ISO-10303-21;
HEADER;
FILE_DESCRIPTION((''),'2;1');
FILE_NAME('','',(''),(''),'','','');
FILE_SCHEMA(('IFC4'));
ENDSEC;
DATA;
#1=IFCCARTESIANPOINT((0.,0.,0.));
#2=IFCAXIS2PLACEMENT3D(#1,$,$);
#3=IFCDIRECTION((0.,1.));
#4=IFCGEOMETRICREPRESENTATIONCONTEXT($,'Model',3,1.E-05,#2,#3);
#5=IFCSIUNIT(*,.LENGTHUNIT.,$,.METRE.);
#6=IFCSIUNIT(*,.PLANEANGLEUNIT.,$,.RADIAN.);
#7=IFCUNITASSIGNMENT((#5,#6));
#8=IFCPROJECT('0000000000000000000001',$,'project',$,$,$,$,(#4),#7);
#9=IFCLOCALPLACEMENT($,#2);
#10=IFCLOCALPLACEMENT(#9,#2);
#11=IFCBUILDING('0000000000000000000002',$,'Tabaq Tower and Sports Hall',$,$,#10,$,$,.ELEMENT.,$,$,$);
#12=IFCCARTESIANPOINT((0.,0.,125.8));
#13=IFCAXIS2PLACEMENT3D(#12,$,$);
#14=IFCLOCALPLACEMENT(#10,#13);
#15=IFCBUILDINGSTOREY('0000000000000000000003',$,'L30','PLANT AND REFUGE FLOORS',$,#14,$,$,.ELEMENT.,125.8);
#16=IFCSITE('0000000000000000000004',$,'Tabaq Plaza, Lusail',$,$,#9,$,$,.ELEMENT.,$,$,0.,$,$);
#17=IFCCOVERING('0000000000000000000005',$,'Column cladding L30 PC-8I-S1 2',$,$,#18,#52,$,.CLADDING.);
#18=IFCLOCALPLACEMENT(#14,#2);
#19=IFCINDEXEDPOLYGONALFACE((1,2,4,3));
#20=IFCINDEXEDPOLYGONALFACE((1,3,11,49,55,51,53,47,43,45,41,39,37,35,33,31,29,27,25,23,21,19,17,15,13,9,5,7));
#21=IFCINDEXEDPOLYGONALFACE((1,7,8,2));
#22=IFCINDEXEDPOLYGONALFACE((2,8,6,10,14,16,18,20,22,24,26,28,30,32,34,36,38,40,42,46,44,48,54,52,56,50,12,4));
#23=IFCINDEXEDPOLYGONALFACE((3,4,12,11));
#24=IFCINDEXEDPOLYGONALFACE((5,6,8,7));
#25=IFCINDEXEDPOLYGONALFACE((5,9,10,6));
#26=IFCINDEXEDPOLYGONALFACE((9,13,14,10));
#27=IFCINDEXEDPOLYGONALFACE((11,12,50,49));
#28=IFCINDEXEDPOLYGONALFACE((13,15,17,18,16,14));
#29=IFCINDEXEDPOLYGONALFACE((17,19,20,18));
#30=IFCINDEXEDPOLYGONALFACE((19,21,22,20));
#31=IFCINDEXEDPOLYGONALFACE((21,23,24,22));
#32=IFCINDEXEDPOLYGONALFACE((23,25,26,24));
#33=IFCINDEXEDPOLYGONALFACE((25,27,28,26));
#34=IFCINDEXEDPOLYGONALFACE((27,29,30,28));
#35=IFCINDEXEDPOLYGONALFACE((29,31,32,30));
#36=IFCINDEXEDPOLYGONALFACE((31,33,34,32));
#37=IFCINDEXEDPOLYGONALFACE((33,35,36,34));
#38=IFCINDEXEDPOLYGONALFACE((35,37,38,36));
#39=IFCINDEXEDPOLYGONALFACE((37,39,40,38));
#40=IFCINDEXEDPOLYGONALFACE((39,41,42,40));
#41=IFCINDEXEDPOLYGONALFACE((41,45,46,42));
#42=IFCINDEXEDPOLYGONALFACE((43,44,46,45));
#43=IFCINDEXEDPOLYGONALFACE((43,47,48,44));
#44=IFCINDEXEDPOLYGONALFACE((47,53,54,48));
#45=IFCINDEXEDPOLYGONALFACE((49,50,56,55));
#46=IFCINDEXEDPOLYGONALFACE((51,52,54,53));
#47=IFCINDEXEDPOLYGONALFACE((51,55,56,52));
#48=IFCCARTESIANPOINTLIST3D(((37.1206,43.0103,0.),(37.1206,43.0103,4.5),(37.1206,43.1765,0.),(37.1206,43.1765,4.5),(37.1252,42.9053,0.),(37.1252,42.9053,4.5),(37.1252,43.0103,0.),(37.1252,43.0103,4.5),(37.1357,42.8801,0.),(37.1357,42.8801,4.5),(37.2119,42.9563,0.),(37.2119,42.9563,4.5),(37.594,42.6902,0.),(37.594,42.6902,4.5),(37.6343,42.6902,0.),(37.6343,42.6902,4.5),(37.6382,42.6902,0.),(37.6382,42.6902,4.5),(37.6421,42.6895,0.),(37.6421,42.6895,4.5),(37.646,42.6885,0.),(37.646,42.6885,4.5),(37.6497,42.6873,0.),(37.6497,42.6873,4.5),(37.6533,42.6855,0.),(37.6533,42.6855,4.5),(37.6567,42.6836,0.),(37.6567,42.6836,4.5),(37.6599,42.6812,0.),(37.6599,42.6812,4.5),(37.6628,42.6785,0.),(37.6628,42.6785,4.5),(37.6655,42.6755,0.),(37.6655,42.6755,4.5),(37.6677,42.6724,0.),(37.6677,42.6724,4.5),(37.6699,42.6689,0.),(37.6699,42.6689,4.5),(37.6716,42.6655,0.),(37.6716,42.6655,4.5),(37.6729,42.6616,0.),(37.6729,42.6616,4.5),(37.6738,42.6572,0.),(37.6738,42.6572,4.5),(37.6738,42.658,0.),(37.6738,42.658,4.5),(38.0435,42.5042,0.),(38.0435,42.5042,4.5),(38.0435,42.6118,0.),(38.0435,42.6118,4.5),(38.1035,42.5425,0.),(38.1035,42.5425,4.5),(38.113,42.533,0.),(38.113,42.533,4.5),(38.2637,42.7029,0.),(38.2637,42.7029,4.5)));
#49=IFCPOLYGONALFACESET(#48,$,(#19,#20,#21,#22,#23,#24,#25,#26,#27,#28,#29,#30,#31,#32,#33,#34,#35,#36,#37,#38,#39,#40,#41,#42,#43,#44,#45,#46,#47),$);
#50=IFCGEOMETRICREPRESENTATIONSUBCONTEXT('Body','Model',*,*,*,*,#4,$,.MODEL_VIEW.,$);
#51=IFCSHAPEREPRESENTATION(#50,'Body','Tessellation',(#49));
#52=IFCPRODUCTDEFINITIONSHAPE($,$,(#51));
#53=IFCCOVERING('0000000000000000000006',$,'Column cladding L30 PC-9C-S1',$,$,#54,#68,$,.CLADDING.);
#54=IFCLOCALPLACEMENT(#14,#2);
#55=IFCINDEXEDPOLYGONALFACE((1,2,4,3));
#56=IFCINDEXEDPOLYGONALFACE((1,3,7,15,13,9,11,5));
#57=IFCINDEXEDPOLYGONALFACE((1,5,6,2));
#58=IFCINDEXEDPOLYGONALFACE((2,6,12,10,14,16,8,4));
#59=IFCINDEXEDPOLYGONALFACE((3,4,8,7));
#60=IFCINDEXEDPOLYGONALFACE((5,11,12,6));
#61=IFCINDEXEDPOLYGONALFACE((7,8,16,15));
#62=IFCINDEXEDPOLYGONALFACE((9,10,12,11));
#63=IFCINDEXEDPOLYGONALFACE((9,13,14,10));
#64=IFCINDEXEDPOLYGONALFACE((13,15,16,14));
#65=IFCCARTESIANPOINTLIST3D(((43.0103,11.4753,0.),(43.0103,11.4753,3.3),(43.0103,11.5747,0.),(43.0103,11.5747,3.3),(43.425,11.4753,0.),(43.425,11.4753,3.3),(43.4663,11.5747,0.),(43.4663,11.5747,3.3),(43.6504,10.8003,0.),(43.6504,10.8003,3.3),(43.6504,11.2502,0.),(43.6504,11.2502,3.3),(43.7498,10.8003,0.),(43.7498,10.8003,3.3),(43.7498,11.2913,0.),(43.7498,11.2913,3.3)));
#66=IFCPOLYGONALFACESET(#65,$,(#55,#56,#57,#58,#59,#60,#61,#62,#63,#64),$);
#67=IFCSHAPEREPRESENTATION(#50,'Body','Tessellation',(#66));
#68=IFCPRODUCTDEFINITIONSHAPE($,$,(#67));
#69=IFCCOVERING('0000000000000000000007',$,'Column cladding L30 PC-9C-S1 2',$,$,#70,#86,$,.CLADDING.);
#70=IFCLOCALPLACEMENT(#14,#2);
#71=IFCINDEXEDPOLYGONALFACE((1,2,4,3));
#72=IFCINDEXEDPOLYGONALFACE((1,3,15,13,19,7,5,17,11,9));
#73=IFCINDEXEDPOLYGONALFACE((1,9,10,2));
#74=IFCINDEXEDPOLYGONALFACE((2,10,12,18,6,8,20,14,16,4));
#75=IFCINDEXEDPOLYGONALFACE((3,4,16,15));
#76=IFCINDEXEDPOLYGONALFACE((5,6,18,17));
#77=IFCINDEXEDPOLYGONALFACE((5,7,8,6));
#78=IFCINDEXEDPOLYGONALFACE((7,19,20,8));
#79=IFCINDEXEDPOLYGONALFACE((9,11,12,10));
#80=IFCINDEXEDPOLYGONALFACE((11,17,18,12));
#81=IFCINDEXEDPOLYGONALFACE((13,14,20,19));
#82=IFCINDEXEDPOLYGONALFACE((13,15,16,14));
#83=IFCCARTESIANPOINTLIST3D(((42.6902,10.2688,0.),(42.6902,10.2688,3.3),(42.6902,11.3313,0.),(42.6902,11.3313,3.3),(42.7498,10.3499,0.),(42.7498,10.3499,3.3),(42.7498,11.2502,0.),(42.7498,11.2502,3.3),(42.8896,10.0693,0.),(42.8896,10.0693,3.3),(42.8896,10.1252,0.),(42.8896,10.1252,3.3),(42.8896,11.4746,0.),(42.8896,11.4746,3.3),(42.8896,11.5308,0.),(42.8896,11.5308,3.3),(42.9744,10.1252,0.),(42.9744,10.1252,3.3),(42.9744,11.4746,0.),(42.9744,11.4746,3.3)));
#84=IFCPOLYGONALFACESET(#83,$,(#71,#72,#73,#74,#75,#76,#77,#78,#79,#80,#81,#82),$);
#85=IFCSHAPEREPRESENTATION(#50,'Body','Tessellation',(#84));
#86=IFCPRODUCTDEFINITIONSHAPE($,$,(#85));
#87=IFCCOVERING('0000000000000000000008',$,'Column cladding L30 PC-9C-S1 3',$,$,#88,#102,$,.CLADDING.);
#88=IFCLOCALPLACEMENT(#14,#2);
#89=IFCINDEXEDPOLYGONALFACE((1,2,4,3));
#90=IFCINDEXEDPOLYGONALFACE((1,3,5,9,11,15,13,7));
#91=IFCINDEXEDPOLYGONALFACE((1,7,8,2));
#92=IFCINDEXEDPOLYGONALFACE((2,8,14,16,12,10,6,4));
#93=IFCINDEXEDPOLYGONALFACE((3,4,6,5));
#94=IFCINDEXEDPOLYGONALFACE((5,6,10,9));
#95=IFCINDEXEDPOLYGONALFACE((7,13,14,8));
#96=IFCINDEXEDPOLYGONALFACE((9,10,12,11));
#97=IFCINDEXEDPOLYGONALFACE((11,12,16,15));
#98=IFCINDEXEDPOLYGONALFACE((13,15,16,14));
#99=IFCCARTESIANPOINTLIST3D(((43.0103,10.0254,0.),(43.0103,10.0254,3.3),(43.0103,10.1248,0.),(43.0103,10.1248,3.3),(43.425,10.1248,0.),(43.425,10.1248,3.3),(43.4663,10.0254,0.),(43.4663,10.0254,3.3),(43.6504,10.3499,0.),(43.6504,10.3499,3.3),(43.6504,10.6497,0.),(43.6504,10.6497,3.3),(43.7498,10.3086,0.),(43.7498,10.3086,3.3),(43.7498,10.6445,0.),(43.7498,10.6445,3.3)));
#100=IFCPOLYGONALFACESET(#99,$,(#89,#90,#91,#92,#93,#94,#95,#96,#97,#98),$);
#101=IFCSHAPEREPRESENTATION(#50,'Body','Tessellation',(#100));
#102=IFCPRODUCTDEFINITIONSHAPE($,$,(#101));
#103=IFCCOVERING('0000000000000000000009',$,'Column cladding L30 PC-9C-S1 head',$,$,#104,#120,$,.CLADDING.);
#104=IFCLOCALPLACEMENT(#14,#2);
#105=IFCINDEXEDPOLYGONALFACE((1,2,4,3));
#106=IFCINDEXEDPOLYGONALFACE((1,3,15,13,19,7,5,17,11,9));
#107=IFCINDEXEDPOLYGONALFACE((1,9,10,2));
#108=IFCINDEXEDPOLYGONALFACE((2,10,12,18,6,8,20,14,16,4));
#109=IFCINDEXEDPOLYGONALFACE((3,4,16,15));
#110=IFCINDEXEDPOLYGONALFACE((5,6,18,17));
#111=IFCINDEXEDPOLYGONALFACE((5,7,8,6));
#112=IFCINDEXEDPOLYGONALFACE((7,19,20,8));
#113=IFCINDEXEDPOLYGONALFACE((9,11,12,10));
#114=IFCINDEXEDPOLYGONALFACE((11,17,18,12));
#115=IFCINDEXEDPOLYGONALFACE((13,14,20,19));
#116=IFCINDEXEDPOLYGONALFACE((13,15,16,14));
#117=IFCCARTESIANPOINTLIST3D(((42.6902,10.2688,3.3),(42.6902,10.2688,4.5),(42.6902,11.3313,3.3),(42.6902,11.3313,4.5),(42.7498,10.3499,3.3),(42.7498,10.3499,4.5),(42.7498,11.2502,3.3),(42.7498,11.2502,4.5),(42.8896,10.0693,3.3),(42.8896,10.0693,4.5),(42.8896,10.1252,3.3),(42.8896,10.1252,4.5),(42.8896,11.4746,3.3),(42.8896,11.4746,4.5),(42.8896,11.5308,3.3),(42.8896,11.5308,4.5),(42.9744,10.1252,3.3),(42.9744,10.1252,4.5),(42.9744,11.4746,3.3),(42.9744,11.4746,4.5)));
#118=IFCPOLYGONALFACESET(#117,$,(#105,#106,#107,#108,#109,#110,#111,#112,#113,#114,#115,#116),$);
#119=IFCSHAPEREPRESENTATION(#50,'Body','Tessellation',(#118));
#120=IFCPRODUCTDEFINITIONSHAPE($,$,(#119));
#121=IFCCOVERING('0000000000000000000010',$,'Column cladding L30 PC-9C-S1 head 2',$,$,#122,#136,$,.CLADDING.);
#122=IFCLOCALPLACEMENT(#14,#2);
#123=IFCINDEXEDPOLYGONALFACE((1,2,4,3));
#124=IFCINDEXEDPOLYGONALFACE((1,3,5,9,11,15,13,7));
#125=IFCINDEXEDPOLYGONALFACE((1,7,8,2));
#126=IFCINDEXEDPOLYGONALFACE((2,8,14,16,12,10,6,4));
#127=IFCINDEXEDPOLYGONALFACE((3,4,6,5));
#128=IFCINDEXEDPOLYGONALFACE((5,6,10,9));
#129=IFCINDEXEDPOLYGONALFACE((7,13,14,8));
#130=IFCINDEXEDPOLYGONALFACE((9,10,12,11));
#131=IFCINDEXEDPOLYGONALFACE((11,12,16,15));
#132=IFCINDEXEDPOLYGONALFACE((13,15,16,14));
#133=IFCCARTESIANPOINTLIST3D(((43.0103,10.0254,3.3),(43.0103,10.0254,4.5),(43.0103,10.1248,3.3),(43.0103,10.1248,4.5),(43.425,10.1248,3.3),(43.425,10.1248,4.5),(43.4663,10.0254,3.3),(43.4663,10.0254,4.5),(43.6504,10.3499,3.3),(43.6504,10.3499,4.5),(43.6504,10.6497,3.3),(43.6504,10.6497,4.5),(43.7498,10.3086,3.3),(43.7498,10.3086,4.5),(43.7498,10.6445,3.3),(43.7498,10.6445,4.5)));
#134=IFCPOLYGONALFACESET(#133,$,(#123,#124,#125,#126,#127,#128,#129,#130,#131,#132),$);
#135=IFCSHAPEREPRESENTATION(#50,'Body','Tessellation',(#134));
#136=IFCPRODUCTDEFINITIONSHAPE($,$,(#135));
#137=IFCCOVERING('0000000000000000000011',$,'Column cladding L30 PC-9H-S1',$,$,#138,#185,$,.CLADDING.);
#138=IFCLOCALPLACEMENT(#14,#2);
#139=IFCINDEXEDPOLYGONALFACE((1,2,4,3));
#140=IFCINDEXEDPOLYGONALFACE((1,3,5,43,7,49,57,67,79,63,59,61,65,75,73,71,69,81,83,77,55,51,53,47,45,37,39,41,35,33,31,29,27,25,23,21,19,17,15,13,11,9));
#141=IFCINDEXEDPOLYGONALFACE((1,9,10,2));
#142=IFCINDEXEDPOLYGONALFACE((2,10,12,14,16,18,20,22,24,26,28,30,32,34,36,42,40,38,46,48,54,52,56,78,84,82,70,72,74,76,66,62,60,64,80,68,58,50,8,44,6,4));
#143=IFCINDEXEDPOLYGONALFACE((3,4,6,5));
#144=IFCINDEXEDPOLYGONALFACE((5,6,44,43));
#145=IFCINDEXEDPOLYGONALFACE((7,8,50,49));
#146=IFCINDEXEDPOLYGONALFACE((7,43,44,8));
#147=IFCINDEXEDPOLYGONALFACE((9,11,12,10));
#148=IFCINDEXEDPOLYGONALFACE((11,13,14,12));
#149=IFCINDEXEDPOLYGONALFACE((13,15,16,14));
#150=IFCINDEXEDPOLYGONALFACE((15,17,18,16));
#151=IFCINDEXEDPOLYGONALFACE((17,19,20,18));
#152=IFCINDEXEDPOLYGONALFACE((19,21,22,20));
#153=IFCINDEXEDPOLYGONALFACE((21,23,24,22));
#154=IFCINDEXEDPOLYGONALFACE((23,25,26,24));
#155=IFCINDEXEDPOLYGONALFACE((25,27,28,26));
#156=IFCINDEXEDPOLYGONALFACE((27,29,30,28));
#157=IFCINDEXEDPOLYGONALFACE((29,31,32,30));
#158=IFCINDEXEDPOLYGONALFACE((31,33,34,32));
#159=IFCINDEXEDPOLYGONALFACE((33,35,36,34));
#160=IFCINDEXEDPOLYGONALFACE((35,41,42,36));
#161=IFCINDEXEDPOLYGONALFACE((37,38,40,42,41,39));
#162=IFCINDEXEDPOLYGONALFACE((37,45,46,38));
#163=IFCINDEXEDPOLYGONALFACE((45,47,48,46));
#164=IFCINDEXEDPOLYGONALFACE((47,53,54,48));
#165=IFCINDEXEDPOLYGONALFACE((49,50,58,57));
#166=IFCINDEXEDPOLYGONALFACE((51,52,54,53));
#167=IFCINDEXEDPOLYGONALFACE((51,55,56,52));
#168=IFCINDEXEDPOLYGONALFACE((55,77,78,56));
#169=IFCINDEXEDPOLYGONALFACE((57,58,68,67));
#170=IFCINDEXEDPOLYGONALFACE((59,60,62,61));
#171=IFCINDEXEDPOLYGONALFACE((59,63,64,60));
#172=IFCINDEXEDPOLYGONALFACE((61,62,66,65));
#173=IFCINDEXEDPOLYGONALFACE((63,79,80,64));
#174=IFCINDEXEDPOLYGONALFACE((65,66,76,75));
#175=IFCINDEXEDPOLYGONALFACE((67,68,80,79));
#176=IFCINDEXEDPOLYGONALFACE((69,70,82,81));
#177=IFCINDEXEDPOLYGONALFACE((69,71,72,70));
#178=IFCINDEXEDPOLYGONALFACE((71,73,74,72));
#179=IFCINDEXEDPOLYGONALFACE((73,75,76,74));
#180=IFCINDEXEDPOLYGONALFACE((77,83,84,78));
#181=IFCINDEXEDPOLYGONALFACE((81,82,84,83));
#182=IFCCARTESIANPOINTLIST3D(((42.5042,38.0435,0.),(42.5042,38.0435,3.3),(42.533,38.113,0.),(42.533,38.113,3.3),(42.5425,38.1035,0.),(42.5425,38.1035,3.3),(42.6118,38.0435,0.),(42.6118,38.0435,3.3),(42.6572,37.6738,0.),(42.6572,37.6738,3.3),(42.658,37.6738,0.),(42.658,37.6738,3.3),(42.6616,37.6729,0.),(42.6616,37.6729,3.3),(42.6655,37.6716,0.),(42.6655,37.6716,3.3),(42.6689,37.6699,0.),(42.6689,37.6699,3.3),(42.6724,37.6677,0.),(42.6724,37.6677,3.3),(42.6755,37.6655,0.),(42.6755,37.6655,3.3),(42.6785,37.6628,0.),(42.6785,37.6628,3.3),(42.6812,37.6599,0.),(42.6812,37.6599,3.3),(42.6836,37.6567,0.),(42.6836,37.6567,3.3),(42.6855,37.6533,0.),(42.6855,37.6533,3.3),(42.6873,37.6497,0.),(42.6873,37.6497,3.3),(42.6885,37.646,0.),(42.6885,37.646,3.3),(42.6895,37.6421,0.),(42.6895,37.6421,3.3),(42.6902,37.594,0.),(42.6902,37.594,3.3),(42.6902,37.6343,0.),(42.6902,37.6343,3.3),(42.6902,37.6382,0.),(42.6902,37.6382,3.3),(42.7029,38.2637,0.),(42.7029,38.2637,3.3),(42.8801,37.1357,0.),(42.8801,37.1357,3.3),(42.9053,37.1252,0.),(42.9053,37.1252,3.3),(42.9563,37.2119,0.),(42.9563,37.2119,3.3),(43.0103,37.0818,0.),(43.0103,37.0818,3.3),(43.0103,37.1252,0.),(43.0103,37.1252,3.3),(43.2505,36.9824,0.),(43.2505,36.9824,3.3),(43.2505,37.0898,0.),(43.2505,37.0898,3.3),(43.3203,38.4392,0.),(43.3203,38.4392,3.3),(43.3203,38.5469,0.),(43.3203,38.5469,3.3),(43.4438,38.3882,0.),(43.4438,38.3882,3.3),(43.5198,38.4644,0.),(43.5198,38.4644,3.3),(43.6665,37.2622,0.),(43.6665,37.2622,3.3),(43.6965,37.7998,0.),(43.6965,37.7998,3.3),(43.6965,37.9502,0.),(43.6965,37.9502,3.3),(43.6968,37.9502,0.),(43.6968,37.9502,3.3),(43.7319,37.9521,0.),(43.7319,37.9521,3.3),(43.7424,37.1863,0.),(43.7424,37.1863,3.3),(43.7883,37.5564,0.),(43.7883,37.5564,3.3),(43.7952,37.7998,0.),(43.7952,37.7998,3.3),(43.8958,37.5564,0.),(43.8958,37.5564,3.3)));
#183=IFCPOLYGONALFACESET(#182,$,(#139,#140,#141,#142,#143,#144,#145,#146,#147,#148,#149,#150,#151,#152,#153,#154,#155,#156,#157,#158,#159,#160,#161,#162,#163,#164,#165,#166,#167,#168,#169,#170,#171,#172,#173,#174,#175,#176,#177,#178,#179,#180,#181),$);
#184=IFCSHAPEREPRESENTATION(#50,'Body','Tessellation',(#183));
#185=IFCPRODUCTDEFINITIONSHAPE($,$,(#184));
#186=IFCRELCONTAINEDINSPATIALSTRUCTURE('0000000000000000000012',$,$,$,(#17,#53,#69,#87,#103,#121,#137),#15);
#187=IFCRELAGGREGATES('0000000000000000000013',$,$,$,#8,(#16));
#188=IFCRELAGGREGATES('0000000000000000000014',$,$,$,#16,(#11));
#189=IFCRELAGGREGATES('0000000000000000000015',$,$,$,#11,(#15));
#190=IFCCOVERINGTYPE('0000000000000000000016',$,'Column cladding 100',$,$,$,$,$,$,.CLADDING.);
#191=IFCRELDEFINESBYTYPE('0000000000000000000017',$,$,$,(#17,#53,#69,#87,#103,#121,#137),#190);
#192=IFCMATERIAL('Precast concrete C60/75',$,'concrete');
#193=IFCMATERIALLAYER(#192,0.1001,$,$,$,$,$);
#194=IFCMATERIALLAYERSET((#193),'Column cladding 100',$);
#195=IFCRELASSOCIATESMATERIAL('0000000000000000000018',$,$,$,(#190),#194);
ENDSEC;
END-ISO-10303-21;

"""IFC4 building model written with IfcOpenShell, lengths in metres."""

from ifc_helpers import new_model, si_unit, direction, frame, origin, place, context, subcontext, project, spatial, polyline, outline, extrude, material, layer, layer_set, type_object, element, save


model = new_model("IFC4")

# Units and contexts
model_context = context("Model", 3, precision=1e-05, world=origin(), true_north=direction((0.0, 1.0)))
body_context = subcontext(model_context, "Body", "Model", "MODEL_VIEW")
ifc_project = project(units=[si_unit("LENGTHUNIT", "METRE"), si_unit("PLANEANGLEUNIT", "RADIAN")], contexts=[model_context])

# Site, building, storey
site_placement = place(None, origin())
site = spatial("IfcSite", under=ifc_project, at=site_placement, Name="Tabaq Plaza, Lusail", CompositionType="ELEMENT", RefElevation=0.0)
building_placement = place(site_placement, origin())
building = spatial("IfcBuilding", under=site, at=building_placement, Name="Tabaq Tower and Sports Hall", CompositionType="ELEMENT")
storey_placement = place(building_placement, frame((0.0, 0.0, 125.8)))
storey = spatial("IfcBuildingStorey", under=building, at=storey_placement, Name="L30", Description="PLANT AND REFUGE FLOORS", CompositionType="ELEMENT", Elevation=125.8)

# Coverings
ifc_material_1 = material(Name="Precast concrete C60/75", Category="concrete")
ifc_layer_1 = layer(ifc_material_1, 0.1001)
ifc_layer_set_1 = layer_set([ifc_layer_1], Name="Column cladding 100")
covering_type_1 = type_object("IfcCoveringType", Name="Column cladding 100", PredefinedType="CLADDING", material=ifc_layer_set_1)
covering_1_placement = place(storey_placement, origin())
element("IfcCovering", 1, at=covering_1_placement, inside=storey, type_object=covering_type_1, Name="Column cladding L30 PC-8I-S1 2", PredefinedType="CLADDING", context=body_context, shape_type="SweptSolid", body=[
    extrude(outline(polyline([(38.0435, 42.5042), (37.6738, 42.6572), (37.6738, 42.658), (37.6729, 42.6616), (37.6716, 42.6655), (37.6699, 42.6689), (37.6677, 42.6724), (37.6655, 42.6755), (37.6628, 42.6785), (37.6599, 42.6812), (37.6567, 42.6836), (37.6533, 42.6855), (37.6497, 42.6873), (37.646, 42.6885), (37.6421, 42.6895), (37.6382, 42.6902), (37.6343, 42.6902), (37.594, 42.6902), (37.1357, 42.8801), (37.1252, 42.9053), (37.1252, 43.0103), (37.1206, 43.0103), (37.1206, 43.1765), (37.2119, 42.9563), (38.0435, 42.6118), (38.2637, 42.7029), (38.1035, 42.5425), (38.113, 42.533), (38.0435, 42.5042)])), origin(), (0.0, 0.0, 1.0), 4.5),
])
covering_2_placement = place(storey_placement, origin())
element("IfcCovering", 2, at=covering_2_placement, inside=storey, type_object=covering_type_1, Name="Column cladding L30 PC-9C-S1", PredefinedType="CLADDING", context=body_context, shape_type="SweptSolid", body=[
    extrude(outline(polyline([(43.4663, 11.5747), (43.7498, 11.2913), (43.7498, 10.8003), (43.6504, 10.8003), (43.6504, 11.2502), (43.425, 11.4753), (43.0103, 11.4753), (43.0103, 11.5747), (43.4663, 11.5747)])), origin(), (0.0, 0.0, 1.0), 3.3),
])
covering_3_placement = place(storey_placement, origin())
element("IfcCovering", 3, at=covering_3_placement, inside=storey, type_object=covering_type_1, Name="Column cladding L30 PC-9C-S1 2", PredefinedType="CLADDING", context=body_context, shape_type="SweptSolid", body=[
    extrude(outline(polyline([(42.6902, 10.2688), (42.6902, 11.3313), (42.8896, 11.5308), (42.8896, 11.4746), (42.9744, 11.4746), (42.7498, 11.2502), (42.7498, 10.3499), (42.9744, 10.1252), (42.8896, 10.1252), (42.8896, 10.0693), (42.6902, 10.2688)])), origin(), (0.0, 0.0, 1.0), 3.3),
])
covering_4_placement = place(storey_placement, origin())
element("IfcCovering", 4, at=covering_4_placement, inside=storey, type_object=covering_type_1, Name="Column cladding L30 PC-9C-S1 3", PredefinedType="CLADDING", context=body_context, shape_type="SweptSolid", body=[
    extrude(outline(polyline([(43.0103, 10.0254), (43.0103, 10.1248), (43.425, 10.1248), (43.6504, 10.3499), (43.6504, 10.6497), (43.7498, 10.6445), (43.7498, 10.3086), (43.4663, 10.0254), (43.0103, 10.0254)])), origin(), (0.0, 0.0, 1.0), 3.3),
])
covering_5_placement = place(storey_placement, frame((0.0, 0.0, 3.3)))
element("IfcCovering", 5, at=covering_5_placement, inside=storey, type_object=covering_type_1, Name="Column cladding L30 PC-9C-S1 head", PredefinedType="CLADDING", context=body_context, shape_type="SweptSolid", body=[
    extrude(outline(polyline([(42.6902, 11.3313), (42.8896, 11.5308), (42.8896, 11.4746), (42.9744, 11.4746), (42.7498, 11.2502), (42.7498, 10.3499), (42.9744, 10.1252), (42.8896, 10.1252), (42.8896, 10.0693), (42.6902, 10.2688), (42.6902, 11.3313)])), origin(), (0.0, 0.0, 1.0), 1.2),
])
covering_6_placement = place(storey_placement, frame((0.0, 0.0, 3.3)))
element("IfcCovering", 6, at=covering_6_placement, inside=storey, type_object=covering_type_1, Name="Column cladding L30 PC-9C-S1 head 2", PredefinedType="CLADDING", context=body_context, shape_type="SweptSolid", body=[
    extrude(outline(polyline([(43.0103, 10.1248), (43.425, 10.1248), (43.6504, 10.3499), (43.6504, 10.6497), (43.7498, 10.6445), (43.7498, 10.3086), (43.4663, 10.0254), (43.0103, 10.0254), (43.0103, 10.1248)])), origin(), (0.0, 0.0, 1.0), 1.2),
])
covering_7_placement = place(storey_placement, origin())
element("IfcCovering", 7, at=covering_7_placement, inside=storey, type_object=covering_type_1, Name="Column cladding L30 PC-9H-S1", PredefinedType="CLADDING", context=body_context, shape_type="SweptSolid", body=[
    extrude(outline(polyline([(43.2505, 36.9824), (43.0103, 37.0818), (43.0103, 37.1252), (42.9053, 37.1252), (42.8801, 37.1357), (42.6902, 37.594), (42.6902, 37.6343), (42.6902, 37.6382), (42.6895, 37.6421), (42.6885, 37.646), (42.6873, 37.6497), (42.6855, 37.6533), (42.6836, 37.6567), (42.6812, 37.6599), (42.6785, 37.6628), (42.6755, 37.6655), (42.6724, 37.6677), (42.6689, 37.6699), (42.6655, 37.6716), (42.6616, 37.6729), (42.658, 37.6738), (42.6572, 37.6738), (42.5042, 38.0435), (42.533, 38.113), (42.5425, 38.1035), (42.7029, 38.2637), (42.6118, 38.0435), (42.9563, 37.2119), (43.2505, 37.0898), (43.6665, 37.2622), (43.7883, 37.5564), (43.4438, 38.3882), (43.3203, 38.4392), (43.3203, 38.5469), (43.5198, 38.4644), (43.7319, 37.9521), (43.6968, 37.9502), (43.6965, 37.9502), (43.6965, 37.7998), (43.7952, 37.7998), (43.8958, 37.5564), (43.7424, 37.1863), (43.2505, 36.9824)])), origin(), (0.0, 0.0, 1.0), 3.3),
])

save(model, "model.ifc")
